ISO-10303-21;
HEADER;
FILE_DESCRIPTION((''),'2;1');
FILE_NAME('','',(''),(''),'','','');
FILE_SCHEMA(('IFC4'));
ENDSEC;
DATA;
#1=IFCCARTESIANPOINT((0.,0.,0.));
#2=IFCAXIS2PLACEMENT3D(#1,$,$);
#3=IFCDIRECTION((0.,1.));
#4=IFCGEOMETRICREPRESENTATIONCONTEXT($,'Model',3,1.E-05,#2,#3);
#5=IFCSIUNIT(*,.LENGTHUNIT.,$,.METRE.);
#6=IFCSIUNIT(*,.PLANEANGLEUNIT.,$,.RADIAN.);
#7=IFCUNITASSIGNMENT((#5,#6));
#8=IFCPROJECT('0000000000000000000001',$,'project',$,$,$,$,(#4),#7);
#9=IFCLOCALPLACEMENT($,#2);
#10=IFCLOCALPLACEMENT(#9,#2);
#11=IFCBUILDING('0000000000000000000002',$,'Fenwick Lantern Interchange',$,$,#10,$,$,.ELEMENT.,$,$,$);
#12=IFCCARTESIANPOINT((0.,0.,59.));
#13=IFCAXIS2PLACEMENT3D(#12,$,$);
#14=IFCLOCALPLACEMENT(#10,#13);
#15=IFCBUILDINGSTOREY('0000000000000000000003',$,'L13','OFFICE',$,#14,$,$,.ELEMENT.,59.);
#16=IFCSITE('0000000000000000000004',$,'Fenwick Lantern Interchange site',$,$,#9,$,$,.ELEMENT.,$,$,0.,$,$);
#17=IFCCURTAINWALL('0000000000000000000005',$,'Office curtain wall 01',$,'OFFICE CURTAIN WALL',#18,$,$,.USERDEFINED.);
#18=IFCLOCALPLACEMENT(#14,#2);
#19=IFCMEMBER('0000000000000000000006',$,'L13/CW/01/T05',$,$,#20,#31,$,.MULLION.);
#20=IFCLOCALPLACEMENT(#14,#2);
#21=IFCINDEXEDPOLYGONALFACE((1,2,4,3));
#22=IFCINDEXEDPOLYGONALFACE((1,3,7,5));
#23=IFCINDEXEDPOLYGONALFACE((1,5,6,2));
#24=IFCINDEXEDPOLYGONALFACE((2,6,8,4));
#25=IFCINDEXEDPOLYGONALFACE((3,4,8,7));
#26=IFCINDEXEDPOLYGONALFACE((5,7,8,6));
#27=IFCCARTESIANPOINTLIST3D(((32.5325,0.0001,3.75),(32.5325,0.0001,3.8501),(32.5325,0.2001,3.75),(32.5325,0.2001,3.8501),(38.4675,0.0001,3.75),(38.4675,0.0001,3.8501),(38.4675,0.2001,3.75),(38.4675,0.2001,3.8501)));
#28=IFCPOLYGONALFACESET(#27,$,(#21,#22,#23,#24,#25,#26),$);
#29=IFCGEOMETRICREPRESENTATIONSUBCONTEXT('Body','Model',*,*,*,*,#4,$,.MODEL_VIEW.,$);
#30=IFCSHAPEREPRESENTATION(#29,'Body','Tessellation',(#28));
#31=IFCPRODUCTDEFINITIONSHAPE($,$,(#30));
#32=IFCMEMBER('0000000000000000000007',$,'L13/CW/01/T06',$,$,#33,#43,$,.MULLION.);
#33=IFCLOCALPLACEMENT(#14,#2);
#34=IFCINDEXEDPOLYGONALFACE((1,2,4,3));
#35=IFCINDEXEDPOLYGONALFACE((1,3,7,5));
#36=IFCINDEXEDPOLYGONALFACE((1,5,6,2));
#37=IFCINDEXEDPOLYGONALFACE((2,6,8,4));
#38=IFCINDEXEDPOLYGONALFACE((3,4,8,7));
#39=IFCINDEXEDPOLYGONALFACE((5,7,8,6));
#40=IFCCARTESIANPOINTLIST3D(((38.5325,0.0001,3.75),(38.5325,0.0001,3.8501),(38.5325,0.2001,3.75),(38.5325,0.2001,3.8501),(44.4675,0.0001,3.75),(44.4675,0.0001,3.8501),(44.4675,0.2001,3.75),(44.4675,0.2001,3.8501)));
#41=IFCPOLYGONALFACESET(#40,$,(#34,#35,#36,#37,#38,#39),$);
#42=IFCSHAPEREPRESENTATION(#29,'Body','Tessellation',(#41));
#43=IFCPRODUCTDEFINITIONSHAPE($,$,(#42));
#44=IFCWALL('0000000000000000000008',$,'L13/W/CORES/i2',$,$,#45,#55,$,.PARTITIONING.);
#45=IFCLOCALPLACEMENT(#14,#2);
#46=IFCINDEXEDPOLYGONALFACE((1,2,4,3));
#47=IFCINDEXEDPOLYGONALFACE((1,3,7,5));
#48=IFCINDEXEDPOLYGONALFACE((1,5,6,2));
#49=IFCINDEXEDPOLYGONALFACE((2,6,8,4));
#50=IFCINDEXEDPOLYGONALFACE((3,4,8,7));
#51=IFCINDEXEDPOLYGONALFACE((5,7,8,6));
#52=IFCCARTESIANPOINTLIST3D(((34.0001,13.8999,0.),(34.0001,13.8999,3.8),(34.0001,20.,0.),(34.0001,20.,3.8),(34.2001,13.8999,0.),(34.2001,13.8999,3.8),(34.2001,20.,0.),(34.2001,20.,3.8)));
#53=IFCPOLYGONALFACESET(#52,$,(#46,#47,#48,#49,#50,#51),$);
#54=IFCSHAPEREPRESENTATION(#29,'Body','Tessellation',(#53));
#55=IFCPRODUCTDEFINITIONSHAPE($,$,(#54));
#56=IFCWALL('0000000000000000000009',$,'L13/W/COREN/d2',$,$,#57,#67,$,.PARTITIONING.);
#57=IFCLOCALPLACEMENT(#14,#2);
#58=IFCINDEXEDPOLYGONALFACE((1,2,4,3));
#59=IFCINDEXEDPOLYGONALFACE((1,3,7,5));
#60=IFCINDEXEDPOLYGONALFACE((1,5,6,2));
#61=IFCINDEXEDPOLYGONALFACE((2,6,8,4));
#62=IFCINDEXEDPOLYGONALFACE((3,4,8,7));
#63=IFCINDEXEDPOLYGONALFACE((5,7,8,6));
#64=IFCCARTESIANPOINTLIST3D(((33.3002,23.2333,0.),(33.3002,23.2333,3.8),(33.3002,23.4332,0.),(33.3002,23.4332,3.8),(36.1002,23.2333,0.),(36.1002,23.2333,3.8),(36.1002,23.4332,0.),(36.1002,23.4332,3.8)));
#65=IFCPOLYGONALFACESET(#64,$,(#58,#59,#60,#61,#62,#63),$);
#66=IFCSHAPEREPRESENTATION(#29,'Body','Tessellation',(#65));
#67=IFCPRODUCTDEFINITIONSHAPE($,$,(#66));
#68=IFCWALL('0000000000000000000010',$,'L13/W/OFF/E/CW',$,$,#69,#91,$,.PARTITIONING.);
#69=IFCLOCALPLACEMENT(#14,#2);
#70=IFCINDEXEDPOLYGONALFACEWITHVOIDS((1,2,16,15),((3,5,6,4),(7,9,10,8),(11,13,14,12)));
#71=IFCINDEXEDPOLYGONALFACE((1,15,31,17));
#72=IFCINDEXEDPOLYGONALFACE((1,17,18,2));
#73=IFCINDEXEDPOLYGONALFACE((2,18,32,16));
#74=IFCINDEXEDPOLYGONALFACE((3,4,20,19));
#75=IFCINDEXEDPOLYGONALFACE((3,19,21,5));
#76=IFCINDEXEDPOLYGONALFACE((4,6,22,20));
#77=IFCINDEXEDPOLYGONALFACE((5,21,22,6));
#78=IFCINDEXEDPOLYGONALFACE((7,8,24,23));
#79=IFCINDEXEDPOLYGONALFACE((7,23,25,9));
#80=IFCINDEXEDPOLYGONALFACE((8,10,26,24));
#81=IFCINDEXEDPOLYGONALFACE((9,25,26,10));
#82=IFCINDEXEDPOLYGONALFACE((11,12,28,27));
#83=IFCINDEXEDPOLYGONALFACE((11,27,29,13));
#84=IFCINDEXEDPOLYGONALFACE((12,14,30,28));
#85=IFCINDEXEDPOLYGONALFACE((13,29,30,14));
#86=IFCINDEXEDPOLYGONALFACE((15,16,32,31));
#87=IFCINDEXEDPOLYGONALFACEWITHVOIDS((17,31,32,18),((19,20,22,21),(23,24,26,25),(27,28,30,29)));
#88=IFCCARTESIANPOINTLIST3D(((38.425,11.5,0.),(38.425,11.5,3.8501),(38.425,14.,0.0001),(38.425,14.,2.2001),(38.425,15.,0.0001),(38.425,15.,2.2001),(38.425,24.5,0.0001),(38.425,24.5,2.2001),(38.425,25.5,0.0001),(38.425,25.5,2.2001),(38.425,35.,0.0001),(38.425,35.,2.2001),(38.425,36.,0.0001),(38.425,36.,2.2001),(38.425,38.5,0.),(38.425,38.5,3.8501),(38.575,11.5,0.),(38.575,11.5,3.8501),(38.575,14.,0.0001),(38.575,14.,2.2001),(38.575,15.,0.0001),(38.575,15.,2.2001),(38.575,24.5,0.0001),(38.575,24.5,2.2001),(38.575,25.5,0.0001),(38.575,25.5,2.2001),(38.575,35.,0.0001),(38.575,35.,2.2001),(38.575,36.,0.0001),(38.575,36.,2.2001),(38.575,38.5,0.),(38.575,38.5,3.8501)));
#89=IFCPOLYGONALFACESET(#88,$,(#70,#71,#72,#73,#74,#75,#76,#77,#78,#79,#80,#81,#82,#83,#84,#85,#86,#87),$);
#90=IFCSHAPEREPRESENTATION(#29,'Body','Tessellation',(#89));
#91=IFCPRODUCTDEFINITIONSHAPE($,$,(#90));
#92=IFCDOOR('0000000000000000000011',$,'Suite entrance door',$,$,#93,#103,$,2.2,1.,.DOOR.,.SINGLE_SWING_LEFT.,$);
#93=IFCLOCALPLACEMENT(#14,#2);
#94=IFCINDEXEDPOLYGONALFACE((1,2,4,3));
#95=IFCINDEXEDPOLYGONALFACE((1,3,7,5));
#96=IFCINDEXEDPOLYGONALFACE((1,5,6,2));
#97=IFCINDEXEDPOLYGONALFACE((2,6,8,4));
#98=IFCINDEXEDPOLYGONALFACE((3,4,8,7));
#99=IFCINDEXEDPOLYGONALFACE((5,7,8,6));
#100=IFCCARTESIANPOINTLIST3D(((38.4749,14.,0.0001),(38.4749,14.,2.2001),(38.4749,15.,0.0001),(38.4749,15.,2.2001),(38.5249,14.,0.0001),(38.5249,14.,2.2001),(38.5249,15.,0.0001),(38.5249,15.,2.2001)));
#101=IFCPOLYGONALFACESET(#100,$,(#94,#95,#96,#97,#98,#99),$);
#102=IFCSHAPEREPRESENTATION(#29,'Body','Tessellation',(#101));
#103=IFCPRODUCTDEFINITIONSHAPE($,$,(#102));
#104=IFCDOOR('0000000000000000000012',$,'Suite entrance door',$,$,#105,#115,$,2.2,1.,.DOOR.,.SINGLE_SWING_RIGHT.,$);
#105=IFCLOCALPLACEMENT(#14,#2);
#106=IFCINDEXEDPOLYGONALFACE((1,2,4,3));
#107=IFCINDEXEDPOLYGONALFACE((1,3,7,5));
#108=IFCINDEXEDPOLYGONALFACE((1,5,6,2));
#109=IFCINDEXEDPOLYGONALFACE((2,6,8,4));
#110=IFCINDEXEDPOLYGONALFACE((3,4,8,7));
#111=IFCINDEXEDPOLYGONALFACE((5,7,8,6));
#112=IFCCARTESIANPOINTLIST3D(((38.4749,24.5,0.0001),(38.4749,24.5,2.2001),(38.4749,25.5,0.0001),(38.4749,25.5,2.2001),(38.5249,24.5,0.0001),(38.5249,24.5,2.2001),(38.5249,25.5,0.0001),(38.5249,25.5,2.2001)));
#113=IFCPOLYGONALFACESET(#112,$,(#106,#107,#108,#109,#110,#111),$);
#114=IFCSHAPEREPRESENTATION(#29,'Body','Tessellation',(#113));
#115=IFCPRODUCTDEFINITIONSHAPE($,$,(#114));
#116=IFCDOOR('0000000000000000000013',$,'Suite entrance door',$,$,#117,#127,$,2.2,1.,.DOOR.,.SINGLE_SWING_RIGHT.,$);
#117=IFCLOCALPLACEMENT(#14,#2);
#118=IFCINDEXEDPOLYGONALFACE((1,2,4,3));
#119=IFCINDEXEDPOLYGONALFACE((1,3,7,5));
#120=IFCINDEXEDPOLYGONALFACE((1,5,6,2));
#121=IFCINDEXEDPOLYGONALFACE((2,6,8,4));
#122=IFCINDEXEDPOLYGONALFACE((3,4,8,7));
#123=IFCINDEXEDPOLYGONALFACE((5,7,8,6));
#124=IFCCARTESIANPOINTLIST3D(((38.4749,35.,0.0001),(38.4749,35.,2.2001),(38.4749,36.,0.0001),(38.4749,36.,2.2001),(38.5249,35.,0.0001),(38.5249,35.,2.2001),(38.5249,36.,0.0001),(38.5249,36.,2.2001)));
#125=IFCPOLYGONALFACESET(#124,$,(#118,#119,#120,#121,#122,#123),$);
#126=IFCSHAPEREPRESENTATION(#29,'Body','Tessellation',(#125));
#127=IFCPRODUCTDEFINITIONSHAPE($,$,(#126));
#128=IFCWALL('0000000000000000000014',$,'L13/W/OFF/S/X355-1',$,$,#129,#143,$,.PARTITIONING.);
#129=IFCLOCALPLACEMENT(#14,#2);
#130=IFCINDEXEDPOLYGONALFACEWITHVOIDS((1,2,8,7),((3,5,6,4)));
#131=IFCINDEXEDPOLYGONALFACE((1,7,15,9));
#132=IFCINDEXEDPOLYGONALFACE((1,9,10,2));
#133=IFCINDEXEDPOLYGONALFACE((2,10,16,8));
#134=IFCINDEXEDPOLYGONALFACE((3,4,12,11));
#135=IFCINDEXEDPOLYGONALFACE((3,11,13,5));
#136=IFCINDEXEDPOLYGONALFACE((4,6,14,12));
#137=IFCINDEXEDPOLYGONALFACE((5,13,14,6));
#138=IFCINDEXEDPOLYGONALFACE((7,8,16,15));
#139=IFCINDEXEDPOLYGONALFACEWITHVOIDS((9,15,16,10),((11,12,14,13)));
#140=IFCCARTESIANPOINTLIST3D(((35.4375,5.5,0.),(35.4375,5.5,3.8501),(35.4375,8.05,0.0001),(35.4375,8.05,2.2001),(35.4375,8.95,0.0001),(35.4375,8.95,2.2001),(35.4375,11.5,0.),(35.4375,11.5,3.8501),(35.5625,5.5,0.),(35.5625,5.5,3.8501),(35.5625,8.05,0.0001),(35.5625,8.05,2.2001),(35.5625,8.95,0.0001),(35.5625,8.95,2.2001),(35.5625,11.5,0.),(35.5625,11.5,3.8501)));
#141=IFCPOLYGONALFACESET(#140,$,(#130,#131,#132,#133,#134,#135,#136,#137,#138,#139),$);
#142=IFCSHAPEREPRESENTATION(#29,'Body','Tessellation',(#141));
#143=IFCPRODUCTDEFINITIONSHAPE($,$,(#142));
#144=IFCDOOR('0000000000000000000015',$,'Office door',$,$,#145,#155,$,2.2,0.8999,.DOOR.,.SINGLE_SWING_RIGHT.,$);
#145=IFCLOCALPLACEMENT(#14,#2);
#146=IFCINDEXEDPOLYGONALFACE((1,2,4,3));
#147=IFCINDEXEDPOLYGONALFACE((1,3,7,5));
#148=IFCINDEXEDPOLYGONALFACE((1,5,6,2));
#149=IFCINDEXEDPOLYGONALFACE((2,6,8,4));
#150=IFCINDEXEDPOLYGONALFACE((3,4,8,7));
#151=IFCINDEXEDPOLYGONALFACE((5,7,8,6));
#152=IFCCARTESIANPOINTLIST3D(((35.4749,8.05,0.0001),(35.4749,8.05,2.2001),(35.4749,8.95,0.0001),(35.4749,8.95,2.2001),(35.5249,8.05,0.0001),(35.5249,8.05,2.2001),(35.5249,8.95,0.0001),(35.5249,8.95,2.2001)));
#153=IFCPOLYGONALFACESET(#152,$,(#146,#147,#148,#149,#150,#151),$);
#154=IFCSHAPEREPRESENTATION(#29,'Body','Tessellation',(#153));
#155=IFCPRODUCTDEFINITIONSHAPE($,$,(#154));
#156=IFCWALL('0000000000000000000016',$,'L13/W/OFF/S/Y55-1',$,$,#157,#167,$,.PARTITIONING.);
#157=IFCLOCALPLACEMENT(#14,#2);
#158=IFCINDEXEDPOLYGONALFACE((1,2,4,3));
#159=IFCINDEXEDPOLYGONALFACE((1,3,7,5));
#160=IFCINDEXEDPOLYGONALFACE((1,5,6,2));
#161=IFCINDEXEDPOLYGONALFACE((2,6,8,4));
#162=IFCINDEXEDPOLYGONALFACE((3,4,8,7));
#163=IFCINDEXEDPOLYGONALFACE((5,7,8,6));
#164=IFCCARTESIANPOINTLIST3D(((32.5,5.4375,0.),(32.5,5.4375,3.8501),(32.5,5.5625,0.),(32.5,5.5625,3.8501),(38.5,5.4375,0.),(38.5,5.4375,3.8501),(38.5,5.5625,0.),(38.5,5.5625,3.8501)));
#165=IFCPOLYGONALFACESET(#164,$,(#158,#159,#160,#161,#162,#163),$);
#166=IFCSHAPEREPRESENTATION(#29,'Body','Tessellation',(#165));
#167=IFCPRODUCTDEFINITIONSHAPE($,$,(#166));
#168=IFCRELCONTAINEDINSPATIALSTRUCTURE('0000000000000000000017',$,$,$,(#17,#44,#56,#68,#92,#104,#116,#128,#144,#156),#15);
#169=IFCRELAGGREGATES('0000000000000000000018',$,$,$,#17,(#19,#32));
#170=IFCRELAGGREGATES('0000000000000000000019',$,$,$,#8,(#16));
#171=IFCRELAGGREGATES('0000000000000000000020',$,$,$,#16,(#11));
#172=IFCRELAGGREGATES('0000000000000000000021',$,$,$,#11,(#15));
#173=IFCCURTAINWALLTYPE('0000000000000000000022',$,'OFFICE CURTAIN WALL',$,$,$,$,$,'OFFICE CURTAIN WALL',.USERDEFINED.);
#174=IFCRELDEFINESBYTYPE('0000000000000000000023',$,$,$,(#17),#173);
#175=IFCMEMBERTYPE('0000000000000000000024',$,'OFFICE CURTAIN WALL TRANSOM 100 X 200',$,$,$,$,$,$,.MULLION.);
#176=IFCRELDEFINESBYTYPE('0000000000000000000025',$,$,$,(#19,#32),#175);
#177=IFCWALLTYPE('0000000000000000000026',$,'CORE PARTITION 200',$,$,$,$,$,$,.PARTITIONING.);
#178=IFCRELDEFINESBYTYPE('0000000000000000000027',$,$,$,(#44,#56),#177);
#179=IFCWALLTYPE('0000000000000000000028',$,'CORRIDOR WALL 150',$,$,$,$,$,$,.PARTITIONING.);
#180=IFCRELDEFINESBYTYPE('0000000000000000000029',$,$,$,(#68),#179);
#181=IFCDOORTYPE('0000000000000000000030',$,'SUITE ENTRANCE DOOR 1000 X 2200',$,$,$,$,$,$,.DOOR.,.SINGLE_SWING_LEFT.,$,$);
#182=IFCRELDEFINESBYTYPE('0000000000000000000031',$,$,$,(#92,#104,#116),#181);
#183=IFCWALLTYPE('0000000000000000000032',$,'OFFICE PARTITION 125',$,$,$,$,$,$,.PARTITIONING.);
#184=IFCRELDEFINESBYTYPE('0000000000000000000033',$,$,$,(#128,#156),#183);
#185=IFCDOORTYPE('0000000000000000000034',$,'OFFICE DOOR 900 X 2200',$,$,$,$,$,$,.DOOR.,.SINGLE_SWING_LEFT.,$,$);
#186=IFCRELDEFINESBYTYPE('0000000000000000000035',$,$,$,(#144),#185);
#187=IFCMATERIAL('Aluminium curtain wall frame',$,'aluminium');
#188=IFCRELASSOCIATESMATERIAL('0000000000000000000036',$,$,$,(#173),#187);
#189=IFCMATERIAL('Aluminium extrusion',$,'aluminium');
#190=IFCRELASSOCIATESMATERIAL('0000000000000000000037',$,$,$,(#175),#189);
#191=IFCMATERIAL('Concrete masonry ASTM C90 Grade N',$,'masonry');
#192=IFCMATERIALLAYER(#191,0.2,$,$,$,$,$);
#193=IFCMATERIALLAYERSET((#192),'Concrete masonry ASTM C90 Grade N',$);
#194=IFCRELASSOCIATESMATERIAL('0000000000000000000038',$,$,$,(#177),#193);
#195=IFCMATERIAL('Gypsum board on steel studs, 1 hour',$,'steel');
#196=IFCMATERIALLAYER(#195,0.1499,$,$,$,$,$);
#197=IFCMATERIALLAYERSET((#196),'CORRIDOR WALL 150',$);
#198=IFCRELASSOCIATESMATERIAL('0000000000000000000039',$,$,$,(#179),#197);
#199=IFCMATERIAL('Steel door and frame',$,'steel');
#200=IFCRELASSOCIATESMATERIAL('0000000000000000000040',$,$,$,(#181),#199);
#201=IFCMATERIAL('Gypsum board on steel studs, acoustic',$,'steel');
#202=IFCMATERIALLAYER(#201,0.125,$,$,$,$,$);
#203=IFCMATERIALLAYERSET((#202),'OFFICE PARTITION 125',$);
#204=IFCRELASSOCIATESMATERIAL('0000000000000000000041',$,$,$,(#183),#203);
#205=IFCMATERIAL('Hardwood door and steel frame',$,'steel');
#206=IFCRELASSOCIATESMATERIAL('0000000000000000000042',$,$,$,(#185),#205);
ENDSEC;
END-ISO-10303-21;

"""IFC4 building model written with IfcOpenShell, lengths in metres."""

from ifc_helpers import new_model, si_unit, direction, frame, frame_2d, origin, origin_2d, place, context, subcontext, project, spatial, rectangle, extrude, material, layer, layer_set, material_profile, profile_set, type_object, element, fill, aggregate, save


model = new_model("IFC4")

# Units and contexts
model_context = context("Model", 3, precision=1e-05, world=origin(), true_north=direction((0.0, 1.0)))
body_context = subcontext(model_context, "Body", "Model", "MODEL_VIEW")
ifc_project = project(units=[si_unit("LENGTHUNIT", "METRE"), si_unit("PLANEANGLEUNIT", "RADIAN")], contexts=[model_context])

# Site, building, storey
site_placement = place(None, origin())
site = spatial("IfcSite", under=ifc_project, at=site_placement, Name="Fenwick Lantern Interchange site", CompositionType="ELEMENT", RefElevation=0.0)
building_placement = place(site_placement, origin())
building = spatial("IfcBuilding", under=site, at=building_placement, Name="Fenwick Lantern Interchange", CompositionType="ELEMENT")
storey_placement = place(building_placement, frame((0.0, 0.0, 59.0)))
storey = spatial("IfcBuildingStorey", under=building, at=storey_placement, Name="L13", Description="OFFICE", CompositionType="ELEMENT", Elevation=59.0)

# Curtain wall, members
ifc_material_1 = material(Name="Aluminium curtain wall frame", Category="aluminium")
curtain_wall_type = type_object("IfcCurtainWallType", Name="OFFICE CURTAIN WALL", ElementType="OFFICE CURTAIN WALL", PredefinedType="USERDEFINED", material=ifc_material_1)
curtain_wall_placement = place(storey_placement, origin())
curtain_wall = element("IfcCurtainWall", 1, at=curtain_wall_placement, inside=storey, type_object=curtain_wall_type, Name="Office curtain wall 01", ObjectType="OFFICE CURTAIN WALL", PredefinedType="USERDEFINED")
ifc_material_2 = material(Name="Aluminium extrusion", Category="aluminium")
ifc_material_profile_1 = material_profile(ifc_material_2, rectangle(XDim=0.2, YDim=0.1001, at=origin_2d()), Name="OFFICE CURTAIN WALL TRANSOM 100 X 200")
ifc_profile_set_1 = profile_set([ifc_material_profile_1], Name="Aluminium extrusion")
member_type_1 = type_object("IfcMemberType", Name="OFFICE CURTAIN WALL TRANSOM 100 X 200", PredefinedType="MULLION", material=ifc_profile_set_1)
member_1_placement = place(storey_placement, frame((32.5325, 0.1001, 3.8), z_axis=(1.0, 0.0, 0.0), x_axis=(0.0, 1.0, 0.0)))
member_1 = element("IfcMember", 2, at=member_1_placement, type_object=member_type_1, Name="L13/CW/01/T05", PredefinedType="MULLION", context=body_context, shape_type="SweptSolid", body=[
    extrude(rectangle(XDim=0.2, YDim=0.1001, at=origin_2d()), origin(), (0.0, 0.0, 1.0), 5.9351),
])
member_2_placement = place(storey_placement, frame((38.5325, 0.1001, 3.8), z_axis=(1.0, 0.0, 0.0), x_axis=(0.0, 1.0, 0.0)))
member_2 = element("IfcMember", 3, at=member_2_placement, type_object=member_type_1, Name="L13/CW/01/T06", PredefinedType="MULLION", context=body_context, shape_type="SweptSolid", body=[
    extrude(rectangle(XDim=0.2, YDim=0.1001, at=origin_2d()), origin(), (0.0, 0.0, 1.0), 5.9351),
])
aggregate(curtain_wall, [member_1, member_2])

# Walls
ifc_material_3 = material(Name="Concrete masonry ASTM C90 Grade N", Category="masonry")
ifc_layer_1 = layer(ifc_material_3, 0.2)
ifc_layer_set_1 = layer_set([ifc_layer_1], Name="Concrete masonry ASTM C90 Grade N")
wall_type_1 = type_object("IfcWallType", Name="CORE PARTITION 200", PredefinedType="PARTITIONING", material=ifc_layer_set_1)
wall_1_placement = place(storey_placement, frame((34.1001, 13.8999, 0.0), z_axis=(0.0, 0.0, 1.0), x_axis=(0.0, 1.0, 0.0)))
element("IfcWall", 4, at=wall_1_placement, inside=storey, type_object=wall_type_1, Name="L13/W/CORES/i2", PredefinedType="PARTITIONING", context=body_context, shape_type="SweptSolid", body=[
    extrude(rectangle(XDim=6.1001, YDim=0.2, at=frame_2d((3.05, 0.0))), origin(), (0.0, 0.0, 1.0), 3.8),
])
wall_2_placement = place(storey_placement, frame((36.1001, 23.3333, 0.0), z_axis=(0.0, 0.0, 1.0), x_axis=(-1.0, 0.0, 0.0)))
element("IfcWall", 5, at=wall_2_placement, inside=storey, type_object=wall_type_1, Name="L13/W/COREN/d2", PredefinedType="PARTITIONING", context=body_context, shape_type="SweptSolid", body=[
    extrude(rectangle(XDim=2.8, YDim=0.2, at=frame_2d((1.3999, 0.0))), origin(), (0.0, 0.0, 1.0), 3.8),
])

# Wall, openings, doors
ifc_material_4 = material(Name="Steel door and frame", Category="steel")
ifc_material_5 = material(Name="Gypsum board on steel studs, 1 hour", Category="steel")
ifc_layer_2 = layer(ifc_material_5, 0.1499)
ifc_layer_set_2 = layer_set([ifc_layer_2], Name="CORRIDOR WALL 150")
wall_type_2 = type_object("IfcWallType", Name="CORRIDOR WALL 150", PredefinedType="PARTITIONING", material=ifc_layer_set_2)
wall_3_placement = place(storey_placement, frame((38.5, 11.5, 0.0), z_axis=(0.0, 0.0, 1.0), x_axis=(0.0, 1.0, 0.0)))
wall_3 = element("IfcWall", 6, at=wall_3_placement, inside=storey, type_object=wall_type_2, Name="L13/W/OFF/E/CW", PredefinedType="PARTITIONING", context=body_context, shape_type="SweptSolid", body=[
    extrude(rectangle(XDim=27.0, YDim=0.1499, at=frame_2d((13.5, 0.0))), origin(), (0.0, 0.0, 1.0), 3.8501),
])
opening_1_placement = place(wall_3_placement, frame((2.5, 0.0, 0.0)))
opening_1 = element("IfcOpeningElement", 7, at=opening_1_placement, cuts=wall_3, PredefinedType="OPENING", context=body_context, shape_type="SweptSolid", body=[
    extrude(rectangle(XDim=1.0, YDim=2.2, at=frame_2d((0.5, 1.1001))), frame((0.0, 0.085, 0.0), z_axis=(0.0, -1.0, 0.0), x_axis=(1.0, 0.0, 0.0)), (0.0, 0.0, 1.0), 0.1699),
])
opening_2_placement = place(wall_3_placement, frame((13.0, 0.0, 0.0)))
opening_2 = element("IfcOpeningElement", 8, at=opening_2_placement, cuts=wall_3, PredefinedType="OPENING", context=body_context, shape_type="SweptSolid", body=[
    extrude(rectangle(XDim=1.0, YDim=2.2, at=frame_2d((0.5, 1.1001))), frame((0.0, 0.085, 0.0), z_axis=(0.0, -1.0, 0.0), x_axis=(1.0, 0.0, 0.0)), (0.0, 0.0, 1.0), 0.1699),
])
opening_3_placement = place(wall_3_placement, frame((23.5, 0.0, 0.0)))
opening_3 = element("IfcOpeningElement", 9, at=opening_3_placement, cuts=wall_3, PredefinedType="OPENING", context=body_context, shape_type="SweptSolid", body=[
    extrude(rectangle(XDim=1.0, YDim=2.2, at=frame_2d((0.5, 1.1001))), frame((0.0, 0.085, 0.0), z_axis=(0.0, -1.0, 0.0), x_axis=(1.0, 0.0, 0.0)), (0.0, 0.0, 1.0), 0.1699),
])
door_type_1 = type_object("IfcDoorType", Name="SUITE ENTRANCE DOOR 1000 X 2200", OperationType="SINGLE_SWING_LEFT", PredefinedType="DOOR", material=ifc_material_4)
door_1_placement = place(opening_1_placement, frame((1.0, 0.0, 0.0), z_axis=(0.0, 0.0, 1.0), x_axis=(-1.0, 0.0, 0.0)))
door_1 = element("IfcDoor", 10, at=door_1_placement, inside=storey, type_object=door_type_1, Name="Suite entrance door", OperationType="SINGLE_SWING_LEFT", OverallHeight=2.2, OverallWidth=1.0, PredefinedType="DOOR", context=body_context, shape_type="SweptSolid", body=[
    extrude(rectangle(XDim=1.0, YDim=2.2, at=frame_2d((0.5, 1.1001))), frame((0.0, 0.0249, 0.0), z_axis=(0.0, -1.0, 0.0), x_axis=(1.0, 0.0, 0.0)), (0.0, 0.0, 1.0), 0.05),
])
fill(opening_1, door_1)
door_2_placement = place(opening_2_placement, frame((1.0, 0.0, 0.0), z_axis=(0.0, 0.0, 1.0), x_axis=(-1.0, 0.0, 0.0)))
door_2 = element("IfcDoor", 11, at=door_2_placement, inside=storey, type_object=door_type_1, Name="Suite entrance door", OperationType="SINGLE_SWING_RIGHT", OverallHeight=2.2, OverallWidth=1.0, PredefinedType="DOOR", context=body_context, shape_type="SweptSolid", body=[
    extrude(rectangle(XDim=1.0, YDim=2.2, at=frame_2d((0.5, 1.1001))), frame((0.0, 0.0249, 0.0), z_axis=(0.0, -1.0, 0.0), x_axis=(1.0, 0.0, 0.0)), (0.0, 0.0, 1.0), 0.05),
])
fill(opening_2, door_2)
door_3_placement = place(opening_3_placement, frame((1.0, 0.0, 0.0), z_axis=(0.0, 0.0, 1.0), x_axis=(-1.0, 0.0, 0.0)))
door_3 = element("IfcDoor", 12, at=door_3_placement, inside=storey, type_object=door_type_1, Name="Suite entrance door", OperationType="SINGLE_SWING_RIGHT", OverallHeight=2.2, OverallWidth=1.0, PredefinedType="DOOR", context=body_context, shape_type="SweptSolid", body=[
    extrude(rectangle(XDim=1.0, YDim=2.2, at=frame_2d((0.5, 1.1001))), frame((0.0, 0.0249, 0.0), z_axis=(0.0, -1.0, 0.0), x_axis=(1.0, 0.0, 0.0)), (0.0, 0.0, 1.0), 0.05),
])
fill(opening_3, door_3)

# Wall, opening, door
ifc_material_6 = material(Name="Gypsum board on steel studs, acoustic", Category="steel")
ifc_layer_3 = layer(ifc_material_6, 0.125)
ifc_layer_set_3 = layer_set([ifc_layer_3], Name="OFFICE PARTITION 125")
wall_type_3 = type_object("IfcWallType", Name="OFFICE PARTITION 125", PredefinedType="PARTITIONING", material=ifc_layer_set_3)
wall_4_placement = place(storey_placement, frame((35.5, 5.5, 0.0), z_axis=(0.0, 0.0, 1.0), x_axis=(0.0, 1.0, 0.0)))
wall_4 = element("IfcWall", 13, at=wall_4_placement, inside=storey, type_object=wall_type_3, Name="L13/W/OFF/S/X355-1", PredefinedType="PARTITIONING", context=body_context, shape_type="SweptSolid", body=[
    extrude(rectangle(XDim=6.0, YDim=0.125, at=frame_2d((3.0, 0.0))), origin(), (0.0, 0.0, 1.0), 3.8501),
])
opening_4_placement = place(wall_4_placement, frame((2.55, 0.0, 0.0)))
opening_4 = element("IfcOpeningElement", 14, at=opening_4_placement, cuts=wall_4, PredefinedType="OPENING", context=body_context, shape_type="SweptSolid", body=[
    extrude(rectangle(XDim=0.8999, YDim=2.2, at=frame_2d((0.45, 1.1001))), frame((0.0, 0.0725, 0.0), z_axis=(0.0, -1.0, 0.0), x_axis=(1.0, 0.0, 0.0)), (0.0, 0.0, 1.0), 0.145),
])
ifc_material_7 = material(Name="Hardwood door and steel frame", Category="steel")
door_type_2 = type_object("IfcDoorType", Name="OFFICE DOOR 900 X 2200", OperationType="SINGLE_SWING_LEFT", PredefinedType="DOOR", material=ifc_material_7)
door_4_placement = place(opening_4_placement, frame((0.8999, 0.0, 0.0), z_axis=(0.0, 0.0, 1.0), x_axis=(-1.0, 0.0, 0.0)))
door_4 = element("IfcDoor", 15, at=door_4_placement, inside=storey, type_object=door_type_2, Name="Office door", OperationType="SINGLE_SWING_RIGHT", OverallHeight=2.2, OverallWidth=0.8999, PredefinedType="DOOR", context=body_context, shape_type="SweptSolid", body=[
    extrude(rectangle(XDim=0.8999, YDim=2.2, at=frame_2d((0.45, 1.1001))), frame((0.0, 0.0249, 0.0), z_axis=(0.0, -1.0, 0.0), x_axis=(1.0, 0.0, 0.0)), (0.0, 0.0, 1.0), 0.05),
])
fill(opening_4, door_4)

# Wall
for number, where, z_axis, x_axis, name in (
    (16, (32.5, 5.5, 0.0), (0.0, 0.0, 1.0), (1.0, 0.0, 0.0), "L13/W/OFF/S/Y55-1"),
):
    element("IfcWall", number, at=place(storey_placement, frame(where, z_axis=z_axis, x_axis=x_axis)), inside=storey, type_object=wall_type_3, Name=name, PredefinedType="PARTITIONING", context=body_context, shape_type="SweptSolid", body=[
        extrude(rectangle(XDim=6.0, YDim=0.125, at=frame_2d((3.0, 0.0))), origin(), (0.0, 0.0, 1.0), 3.8501),
    ])

save(model, "model.ifc")
